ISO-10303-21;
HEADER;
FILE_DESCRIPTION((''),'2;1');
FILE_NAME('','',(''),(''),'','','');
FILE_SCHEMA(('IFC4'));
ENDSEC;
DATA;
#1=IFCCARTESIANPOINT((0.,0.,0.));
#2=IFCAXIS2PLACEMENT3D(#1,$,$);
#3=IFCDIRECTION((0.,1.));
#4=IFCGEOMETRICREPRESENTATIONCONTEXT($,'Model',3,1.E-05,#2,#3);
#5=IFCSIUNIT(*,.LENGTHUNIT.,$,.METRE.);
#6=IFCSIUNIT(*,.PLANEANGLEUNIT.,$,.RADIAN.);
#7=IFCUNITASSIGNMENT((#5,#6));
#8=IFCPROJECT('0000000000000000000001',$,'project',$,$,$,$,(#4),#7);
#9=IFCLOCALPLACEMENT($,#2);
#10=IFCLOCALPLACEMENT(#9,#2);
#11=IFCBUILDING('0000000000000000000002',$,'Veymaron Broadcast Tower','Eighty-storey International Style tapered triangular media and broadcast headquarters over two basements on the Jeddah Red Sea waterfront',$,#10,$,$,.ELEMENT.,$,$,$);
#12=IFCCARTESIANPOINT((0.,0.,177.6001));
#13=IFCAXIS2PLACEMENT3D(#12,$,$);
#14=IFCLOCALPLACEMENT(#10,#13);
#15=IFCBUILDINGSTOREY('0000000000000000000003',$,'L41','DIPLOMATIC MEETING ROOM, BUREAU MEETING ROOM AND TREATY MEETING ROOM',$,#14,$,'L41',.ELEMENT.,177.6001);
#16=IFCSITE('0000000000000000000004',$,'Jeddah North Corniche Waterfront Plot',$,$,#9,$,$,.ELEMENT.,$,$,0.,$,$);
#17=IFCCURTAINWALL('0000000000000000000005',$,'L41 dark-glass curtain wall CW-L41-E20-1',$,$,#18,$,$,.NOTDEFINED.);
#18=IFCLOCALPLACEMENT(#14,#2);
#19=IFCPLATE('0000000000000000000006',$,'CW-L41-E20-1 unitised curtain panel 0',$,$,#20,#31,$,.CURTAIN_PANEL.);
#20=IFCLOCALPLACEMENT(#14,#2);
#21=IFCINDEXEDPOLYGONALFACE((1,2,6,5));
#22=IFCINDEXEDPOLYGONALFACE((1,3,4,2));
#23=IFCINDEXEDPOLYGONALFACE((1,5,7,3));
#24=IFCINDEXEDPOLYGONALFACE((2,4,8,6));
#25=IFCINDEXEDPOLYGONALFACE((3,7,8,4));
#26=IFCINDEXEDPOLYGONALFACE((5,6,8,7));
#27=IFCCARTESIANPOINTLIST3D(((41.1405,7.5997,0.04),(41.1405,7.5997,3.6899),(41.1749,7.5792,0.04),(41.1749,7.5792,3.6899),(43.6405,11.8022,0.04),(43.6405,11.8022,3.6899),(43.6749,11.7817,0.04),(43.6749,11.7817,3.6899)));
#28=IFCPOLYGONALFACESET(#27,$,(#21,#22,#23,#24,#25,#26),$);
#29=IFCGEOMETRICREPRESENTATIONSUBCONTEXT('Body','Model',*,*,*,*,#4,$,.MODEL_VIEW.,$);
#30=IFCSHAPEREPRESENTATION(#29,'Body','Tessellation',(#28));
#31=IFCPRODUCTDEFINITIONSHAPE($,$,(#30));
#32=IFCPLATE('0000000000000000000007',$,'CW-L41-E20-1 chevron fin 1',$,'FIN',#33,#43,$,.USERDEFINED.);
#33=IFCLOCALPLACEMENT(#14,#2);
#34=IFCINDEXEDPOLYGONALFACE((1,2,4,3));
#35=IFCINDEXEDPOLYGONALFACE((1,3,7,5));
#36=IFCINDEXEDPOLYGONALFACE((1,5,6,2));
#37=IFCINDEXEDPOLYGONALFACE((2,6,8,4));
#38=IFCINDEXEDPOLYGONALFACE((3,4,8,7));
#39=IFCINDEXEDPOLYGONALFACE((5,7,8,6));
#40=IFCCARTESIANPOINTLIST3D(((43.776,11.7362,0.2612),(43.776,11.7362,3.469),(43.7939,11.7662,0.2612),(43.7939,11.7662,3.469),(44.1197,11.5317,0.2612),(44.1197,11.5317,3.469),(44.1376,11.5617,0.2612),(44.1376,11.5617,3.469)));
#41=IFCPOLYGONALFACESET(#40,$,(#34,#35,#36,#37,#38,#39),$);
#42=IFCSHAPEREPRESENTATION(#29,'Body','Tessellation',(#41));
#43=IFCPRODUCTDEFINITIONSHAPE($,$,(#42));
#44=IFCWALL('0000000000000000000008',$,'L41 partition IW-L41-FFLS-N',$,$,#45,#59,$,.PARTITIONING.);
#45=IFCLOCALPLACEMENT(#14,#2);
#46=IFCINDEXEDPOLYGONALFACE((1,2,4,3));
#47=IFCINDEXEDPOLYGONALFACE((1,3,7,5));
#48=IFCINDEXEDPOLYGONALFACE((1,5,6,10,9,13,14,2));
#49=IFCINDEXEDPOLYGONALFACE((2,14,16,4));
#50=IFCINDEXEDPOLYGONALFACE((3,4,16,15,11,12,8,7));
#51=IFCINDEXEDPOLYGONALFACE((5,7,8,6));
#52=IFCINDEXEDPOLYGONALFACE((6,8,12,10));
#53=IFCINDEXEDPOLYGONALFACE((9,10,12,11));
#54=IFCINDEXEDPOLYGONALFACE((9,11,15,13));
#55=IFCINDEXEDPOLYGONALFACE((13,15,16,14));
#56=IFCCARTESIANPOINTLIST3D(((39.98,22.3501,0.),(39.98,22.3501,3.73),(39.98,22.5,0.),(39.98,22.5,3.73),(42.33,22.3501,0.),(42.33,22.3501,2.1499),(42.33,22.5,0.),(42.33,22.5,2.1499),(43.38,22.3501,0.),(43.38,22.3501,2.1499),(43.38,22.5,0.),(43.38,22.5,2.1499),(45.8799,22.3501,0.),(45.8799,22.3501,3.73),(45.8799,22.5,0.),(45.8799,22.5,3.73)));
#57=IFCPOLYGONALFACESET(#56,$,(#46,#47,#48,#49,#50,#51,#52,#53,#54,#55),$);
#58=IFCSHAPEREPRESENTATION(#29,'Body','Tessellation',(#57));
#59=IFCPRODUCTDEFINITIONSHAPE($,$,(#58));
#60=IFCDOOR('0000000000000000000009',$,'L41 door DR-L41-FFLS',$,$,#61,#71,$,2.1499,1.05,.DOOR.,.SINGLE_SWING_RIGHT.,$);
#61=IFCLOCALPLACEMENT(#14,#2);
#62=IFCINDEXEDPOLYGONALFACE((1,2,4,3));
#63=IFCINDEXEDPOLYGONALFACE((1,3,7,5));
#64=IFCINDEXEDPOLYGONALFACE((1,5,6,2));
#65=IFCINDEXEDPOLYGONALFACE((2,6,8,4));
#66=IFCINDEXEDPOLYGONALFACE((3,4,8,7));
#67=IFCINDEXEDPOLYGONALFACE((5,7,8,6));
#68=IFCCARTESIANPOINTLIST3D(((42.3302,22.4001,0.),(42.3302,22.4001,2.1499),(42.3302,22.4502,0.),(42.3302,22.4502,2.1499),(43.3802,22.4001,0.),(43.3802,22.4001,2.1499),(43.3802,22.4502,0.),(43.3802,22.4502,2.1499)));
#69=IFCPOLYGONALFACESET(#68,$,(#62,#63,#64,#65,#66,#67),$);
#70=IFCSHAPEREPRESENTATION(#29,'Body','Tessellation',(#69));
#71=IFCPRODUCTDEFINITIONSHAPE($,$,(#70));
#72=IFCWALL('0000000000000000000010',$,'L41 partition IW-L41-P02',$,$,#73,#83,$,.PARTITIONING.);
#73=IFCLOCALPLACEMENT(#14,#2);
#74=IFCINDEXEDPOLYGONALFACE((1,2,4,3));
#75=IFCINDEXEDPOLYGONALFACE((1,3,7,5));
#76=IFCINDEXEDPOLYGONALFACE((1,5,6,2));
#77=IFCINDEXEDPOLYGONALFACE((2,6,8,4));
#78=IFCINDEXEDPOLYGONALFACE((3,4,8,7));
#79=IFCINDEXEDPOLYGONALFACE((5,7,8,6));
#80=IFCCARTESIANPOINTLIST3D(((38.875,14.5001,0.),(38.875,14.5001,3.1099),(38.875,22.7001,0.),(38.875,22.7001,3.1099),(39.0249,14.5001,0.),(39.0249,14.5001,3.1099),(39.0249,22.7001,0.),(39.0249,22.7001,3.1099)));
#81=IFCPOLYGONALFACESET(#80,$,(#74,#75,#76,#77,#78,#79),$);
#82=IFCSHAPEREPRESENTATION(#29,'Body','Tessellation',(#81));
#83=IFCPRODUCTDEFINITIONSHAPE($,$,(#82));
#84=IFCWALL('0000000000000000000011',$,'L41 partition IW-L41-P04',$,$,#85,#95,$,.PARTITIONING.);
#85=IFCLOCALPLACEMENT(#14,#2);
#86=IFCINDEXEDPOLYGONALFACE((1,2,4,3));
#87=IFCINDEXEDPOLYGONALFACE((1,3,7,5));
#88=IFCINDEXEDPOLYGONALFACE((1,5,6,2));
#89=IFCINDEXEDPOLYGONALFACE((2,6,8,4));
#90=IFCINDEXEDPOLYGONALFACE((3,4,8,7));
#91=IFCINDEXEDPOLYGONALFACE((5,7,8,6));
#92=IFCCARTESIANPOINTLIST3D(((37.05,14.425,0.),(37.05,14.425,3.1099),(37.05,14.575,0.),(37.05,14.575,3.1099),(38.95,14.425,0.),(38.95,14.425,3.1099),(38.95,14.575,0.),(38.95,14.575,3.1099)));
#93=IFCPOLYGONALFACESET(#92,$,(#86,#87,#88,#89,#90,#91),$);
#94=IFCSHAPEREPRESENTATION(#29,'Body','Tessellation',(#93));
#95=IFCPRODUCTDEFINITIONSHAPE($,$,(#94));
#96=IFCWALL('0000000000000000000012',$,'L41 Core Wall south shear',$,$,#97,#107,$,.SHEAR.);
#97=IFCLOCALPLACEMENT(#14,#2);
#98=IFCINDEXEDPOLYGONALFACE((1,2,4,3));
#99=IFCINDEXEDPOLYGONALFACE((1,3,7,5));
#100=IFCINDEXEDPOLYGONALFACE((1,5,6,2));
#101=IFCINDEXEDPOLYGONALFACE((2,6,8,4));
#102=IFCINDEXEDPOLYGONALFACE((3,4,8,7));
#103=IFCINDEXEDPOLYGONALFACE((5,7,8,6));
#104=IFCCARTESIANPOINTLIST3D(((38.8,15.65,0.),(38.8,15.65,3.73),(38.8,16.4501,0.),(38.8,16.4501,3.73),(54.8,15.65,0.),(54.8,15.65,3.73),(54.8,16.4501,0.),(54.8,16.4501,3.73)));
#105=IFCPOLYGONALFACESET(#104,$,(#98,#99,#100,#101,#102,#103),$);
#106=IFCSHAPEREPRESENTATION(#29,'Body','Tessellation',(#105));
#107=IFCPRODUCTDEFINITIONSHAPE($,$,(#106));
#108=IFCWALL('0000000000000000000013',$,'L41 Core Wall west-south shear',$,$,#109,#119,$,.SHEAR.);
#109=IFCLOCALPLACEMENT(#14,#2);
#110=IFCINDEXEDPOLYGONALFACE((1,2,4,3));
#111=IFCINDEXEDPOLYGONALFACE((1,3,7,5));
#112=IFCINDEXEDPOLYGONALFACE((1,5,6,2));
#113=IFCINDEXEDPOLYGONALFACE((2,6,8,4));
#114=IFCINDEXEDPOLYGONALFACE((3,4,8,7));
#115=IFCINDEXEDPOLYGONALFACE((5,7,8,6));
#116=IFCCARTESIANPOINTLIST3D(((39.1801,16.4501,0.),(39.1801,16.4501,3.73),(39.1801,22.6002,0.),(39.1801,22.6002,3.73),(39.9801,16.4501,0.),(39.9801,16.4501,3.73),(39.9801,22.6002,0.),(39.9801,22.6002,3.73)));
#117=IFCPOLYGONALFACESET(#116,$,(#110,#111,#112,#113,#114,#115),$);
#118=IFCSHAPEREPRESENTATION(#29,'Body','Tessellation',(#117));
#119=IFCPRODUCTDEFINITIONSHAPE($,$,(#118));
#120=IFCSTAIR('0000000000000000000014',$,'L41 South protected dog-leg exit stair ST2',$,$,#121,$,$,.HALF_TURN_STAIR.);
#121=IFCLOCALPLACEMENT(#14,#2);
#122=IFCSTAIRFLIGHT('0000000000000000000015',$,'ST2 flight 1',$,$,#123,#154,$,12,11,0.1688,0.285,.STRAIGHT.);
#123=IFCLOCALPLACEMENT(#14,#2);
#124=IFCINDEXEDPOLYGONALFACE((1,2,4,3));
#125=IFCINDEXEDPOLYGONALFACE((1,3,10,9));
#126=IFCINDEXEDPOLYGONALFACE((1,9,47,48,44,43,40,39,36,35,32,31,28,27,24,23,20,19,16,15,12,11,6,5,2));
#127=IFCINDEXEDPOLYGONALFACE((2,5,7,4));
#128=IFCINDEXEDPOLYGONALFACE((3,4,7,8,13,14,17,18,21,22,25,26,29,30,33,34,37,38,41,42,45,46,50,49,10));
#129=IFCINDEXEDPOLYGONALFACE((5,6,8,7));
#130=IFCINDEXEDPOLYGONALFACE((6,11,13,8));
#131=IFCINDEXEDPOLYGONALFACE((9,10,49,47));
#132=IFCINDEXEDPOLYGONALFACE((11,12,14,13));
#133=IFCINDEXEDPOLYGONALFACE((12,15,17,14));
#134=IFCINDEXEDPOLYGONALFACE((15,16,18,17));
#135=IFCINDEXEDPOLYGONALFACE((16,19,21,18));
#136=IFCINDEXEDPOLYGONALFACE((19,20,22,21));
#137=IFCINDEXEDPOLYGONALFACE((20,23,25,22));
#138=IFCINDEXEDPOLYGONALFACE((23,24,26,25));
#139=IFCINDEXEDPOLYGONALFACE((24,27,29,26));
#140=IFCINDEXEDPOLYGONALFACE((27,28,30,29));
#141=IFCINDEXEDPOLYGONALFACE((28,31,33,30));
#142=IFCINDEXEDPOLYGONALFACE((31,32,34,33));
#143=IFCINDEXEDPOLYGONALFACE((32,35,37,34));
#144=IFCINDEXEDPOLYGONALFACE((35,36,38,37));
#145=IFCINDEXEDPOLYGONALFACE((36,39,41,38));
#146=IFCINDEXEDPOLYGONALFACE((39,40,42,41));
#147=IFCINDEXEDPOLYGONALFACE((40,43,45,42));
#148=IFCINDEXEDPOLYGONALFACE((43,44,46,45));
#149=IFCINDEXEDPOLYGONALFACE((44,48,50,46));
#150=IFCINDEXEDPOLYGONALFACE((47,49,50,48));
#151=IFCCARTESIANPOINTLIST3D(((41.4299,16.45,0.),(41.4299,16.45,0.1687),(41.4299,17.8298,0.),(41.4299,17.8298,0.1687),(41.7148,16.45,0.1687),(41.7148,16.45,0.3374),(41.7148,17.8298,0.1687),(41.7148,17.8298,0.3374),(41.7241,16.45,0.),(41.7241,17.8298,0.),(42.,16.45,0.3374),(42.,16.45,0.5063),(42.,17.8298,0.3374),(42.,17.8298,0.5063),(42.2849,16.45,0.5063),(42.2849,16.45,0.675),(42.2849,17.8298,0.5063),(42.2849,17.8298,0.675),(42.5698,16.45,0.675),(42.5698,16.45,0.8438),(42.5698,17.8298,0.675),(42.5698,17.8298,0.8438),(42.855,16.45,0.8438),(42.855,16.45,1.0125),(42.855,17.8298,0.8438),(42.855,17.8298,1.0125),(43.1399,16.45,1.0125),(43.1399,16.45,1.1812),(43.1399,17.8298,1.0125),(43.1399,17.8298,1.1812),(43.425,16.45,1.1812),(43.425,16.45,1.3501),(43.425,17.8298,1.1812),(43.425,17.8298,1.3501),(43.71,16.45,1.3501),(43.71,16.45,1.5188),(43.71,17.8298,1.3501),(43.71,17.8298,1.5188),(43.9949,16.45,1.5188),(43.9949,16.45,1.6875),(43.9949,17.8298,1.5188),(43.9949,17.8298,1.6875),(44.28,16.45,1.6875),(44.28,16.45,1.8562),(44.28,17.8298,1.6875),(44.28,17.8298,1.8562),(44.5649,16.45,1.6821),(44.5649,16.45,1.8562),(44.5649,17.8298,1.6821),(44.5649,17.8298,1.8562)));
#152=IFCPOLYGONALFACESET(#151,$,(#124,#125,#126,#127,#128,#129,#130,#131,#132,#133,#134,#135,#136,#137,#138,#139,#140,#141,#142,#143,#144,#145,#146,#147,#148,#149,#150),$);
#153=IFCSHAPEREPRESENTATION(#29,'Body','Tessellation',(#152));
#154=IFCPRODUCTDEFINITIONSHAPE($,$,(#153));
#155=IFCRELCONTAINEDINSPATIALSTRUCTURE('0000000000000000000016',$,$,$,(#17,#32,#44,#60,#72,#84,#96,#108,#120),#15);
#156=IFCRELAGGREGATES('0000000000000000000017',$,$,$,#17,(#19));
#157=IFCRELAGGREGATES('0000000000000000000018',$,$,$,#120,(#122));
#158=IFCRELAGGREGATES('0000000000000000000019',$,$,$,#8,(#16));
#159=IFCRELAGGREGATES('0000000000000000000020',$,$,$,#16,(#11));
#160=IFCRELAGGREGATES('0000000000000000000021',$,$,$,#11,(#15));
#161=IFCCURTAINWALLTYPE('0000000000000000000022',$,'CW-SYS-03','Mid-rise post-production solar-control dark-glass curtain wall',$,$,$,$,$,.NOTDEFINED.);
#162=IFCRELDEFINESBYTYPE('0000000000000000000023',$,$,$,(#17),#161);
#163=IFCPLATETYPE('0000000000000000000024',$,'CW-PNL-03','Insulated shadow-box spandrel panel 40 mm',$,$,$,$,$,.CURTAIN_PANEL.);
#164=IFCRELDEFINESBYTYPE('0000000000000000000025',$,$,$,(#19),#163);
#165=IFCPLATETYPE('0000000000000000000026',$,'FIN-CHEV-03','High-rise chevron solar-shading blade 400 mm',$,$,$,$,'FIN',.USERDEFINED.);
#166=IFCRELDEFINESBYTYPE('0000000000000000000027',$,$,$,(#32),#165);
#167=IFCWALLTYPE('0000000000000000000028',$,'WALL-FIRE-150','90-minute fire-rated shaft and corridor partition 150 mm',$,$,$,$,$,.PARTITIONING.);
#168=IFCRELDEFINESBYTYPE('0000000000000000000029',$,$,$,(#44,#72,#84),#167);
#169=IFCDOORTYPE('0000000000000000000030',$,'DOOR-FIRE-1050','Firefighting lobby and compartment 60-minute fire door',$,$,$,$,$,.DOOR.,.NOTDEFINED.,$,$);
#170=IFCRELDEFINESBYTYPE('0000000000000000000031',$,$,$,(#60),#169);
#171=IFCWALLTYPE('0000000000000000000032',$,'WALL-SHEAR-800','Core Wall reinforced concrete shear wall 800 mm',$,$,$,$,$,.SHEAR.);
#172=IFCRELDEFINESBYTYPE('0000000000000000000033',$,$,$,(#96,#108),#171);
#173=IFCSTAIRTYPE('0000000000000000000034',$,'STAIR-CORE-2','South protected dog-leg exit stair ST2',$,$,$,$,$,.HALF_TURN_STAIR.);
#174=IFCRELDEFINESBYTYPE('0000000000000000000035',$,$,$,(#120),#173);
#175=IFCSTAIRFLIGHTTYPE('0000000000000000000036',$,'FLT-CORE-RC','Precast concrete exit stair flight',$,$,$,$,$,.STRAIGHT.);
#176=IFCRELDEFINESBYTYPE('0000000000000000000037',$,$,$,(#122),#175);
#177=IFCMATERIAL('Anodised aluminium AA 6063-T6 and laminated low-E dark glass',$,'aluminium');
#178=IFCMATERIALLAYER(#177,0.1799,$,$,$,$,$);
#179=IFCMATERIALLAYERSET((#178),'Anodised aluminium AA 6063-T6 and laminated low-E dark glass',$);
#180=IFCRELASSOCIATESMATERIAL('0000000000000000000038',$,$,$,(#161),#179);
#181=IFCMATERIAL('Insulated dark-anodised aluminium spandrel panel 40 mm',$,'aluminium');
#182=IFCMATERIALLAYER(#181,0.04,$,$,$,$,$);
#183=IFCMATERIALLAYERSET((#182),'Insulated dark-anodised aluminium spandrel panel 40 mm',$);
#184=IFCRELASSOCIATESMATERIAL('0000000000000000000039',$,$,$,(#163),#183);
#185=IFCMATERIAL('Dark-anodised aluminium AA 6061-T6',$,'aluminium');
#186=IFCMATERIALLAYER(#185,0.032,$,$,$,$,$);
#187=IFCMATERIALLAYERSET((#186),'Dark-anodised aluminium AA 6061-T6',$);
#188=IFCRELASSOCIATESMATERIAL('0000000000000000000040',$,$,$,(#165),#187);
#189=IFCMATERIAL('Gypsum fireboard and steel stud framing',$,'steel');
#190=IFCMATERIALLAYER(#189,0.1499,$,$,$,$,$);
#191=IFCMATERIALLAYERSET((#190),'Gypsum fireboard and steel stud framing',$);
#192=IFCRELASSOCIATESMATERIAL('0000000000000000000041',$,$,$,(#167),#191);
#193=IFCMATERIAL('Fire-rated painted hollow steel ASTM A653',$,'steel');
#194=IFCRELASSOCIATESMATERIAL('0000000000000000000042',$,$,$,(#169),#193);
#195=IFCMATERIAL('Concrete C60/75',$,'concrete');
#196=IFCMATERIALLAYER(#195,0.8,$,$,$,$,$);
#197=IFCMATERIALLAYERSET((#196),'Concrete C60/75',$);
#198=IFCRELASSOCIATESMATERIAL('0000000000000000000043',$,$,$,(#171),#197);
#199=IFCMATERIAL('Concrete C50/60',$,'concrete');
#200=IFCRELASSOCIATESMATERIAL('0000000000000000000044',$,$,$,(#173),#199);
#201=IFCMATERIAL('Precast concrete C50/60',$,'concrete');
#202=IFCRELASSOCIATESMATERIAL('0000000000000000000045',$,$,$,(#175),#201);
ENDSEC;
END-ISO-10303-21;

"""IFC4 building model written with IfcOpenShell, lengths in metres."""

from ifc_helpers import new_model, si_unit, direction, frame, frame_2d, origin, origin_2d, place, context, subcontext, project, spatial, polyline, rectangle, outline, extrude, material, layer, layer_set, type_object, element, fill, aggregate, save


model = new_model("IFC4")

# Units and contexts
model_context = context("Model", 3, precision=1e-05, world=origin(), true_north=direction((0.0, 1.0)))
body_context = subcontext(model_context, "Body", "Model", "MODEL_VIEW")
ifc_project = project(units=[si_unit("LENGTHUNIT", "METRE"), si_unit("PLANEANGLEUNIT", "RADIAN")], contexts=[model_context])

# Site, building, storey
site_placement = place(None, origin())
site = spatial("IfcSite", under=ifc_project, at=site_placement, Name="Jeddah North Corniche Waterfront Plot", CompositionType="ELEMENT", RefElevation=0.0)
building_placement = place(site_placement, origin())
building = spatial("IfcBuilding", under=site, at=building_placement, Name="Veymaron Broadcast Tower", Description="Eighty-storey International Style tapered triangular media and broadcast headquarters over two basements on the Jeddah Red Sea waterfront", CompositionType="ELEMENT")
storey_placement = place(building_placement, frame((0.0, 0.0, 177.6001)))
storey = spatial("IfcBuildingStorey", under=building, at=storey_placement, Name="L41", Description="DIPLOMATIC MEETING ROOM, BUREAU MEETING ROOM AND TREATY MEETING ROOM", LongName="L41", CompositionType="ELEMENT", Elevation=177.6001)

# Curtain wall, plate
ifc_material_1 = material(Name="Anodised aluminium AA 6063-T6 and laminated low-E dark glass", Category="aluminium")
ifc_layer_1 = layer(ifc_material_1, 0.1799)
ifc_layer_set_1 = layer_set([ifc_layer_1], Name="Anodised aluminium AA 6063-T6 and laminated low-E dark glass")
curtain_wall_type = type_object("IfcCurtainWallType", Name="CW-SYS-03", Description="Mid-rise post-production solar-control dark-glass curtain wall", PredefinedType="NOTDEFINED", material=ifc_layer_set_1)
curtain_wall_placement = place(storey_placement, origin())
curtain_wall = element("IfcCurtainWall", 1, at=curtain_wall_placement, inside=storey, type_object=curtain_wall_type, Name="L41 dark-glass curtain wall CW-L41-E20-1", PredefinedType="NOTDEFINED")
ifc_material_2 = material(Name="Insulated dark-anodised aluminium spandrel panel 40 mm", Category="aluminium")
ifc_layer_2 = layer(ifc_material_2, 0.04)
ifc_layer_set_2 = layer_set([ifc_layer_2], Name="Insulated dark-anodised aluminium spandrel panel 40 mm")
plate_type_1 = type_object("IfcPlateType", Name="CW-PNL-03", Description="Insulated shadow-box spandrel panel 40 mm", PredefinedType="CURTAIN_PANEL", material=ifc_layer_set_2)
plate_1_placement = place(storey_placement, frame((42.4077, 9.6907, 0.04), z_axis=(0.0, 0.0, 1.0), x_axis=(0.511263, 0.859424, 0.0)))
plate_1 = element("IfcPlate", 2, at=plate_1_placement, type_object=plate_type_1, Name="CW-L41-E20-1 unitised curtain panel 0", PredefinedType="CURTAIN_PANEL", context=body_context, shape_type="SweptSolid", body=[
    extrude(rectangle(XDim=4.8899, YDim=0.04, at=origin_2d()), origin(), (0.0, 0.0, 1.0), 3.6499),
])
aggregate(curtain_wall, [plate_1])

# Plate
ifc_material_3 = material(Name="Dark-anodised aluminium AA 6061-T6", Category="aluminium")
ifc_layer_3 = layer(ifc_material_3, 0.032)
ifc_layer_set_3 = layer_set([ifc_layer_3], Name="Dark-anodised aluminium AA 6061-T6")
plate_type_2 = type_object("IfcPlateType", Name="FIN-CHEV-03", Description="High-rise chevron solar-shading blade 400 mm", ElementType="FIN", PredefinedType="USERDEFINED", material=ifc_layer_set_3)
plate_2_placement = place(storey_placement, frame((43.9568, 11.6489, 0.2612), z_axis=(0.0, 0.0, 1.0), x_axis=(0.859424, -0.511263, 0.0)))
element("IfcPlate", 3, at=plate_2_placement, inside=storey, type_object=plate_type_2, Name="CW-L41-E20-1 chevron fin 1", ObjectType="FIN", PredefinedType="USERDEFINED", context=body_context, shape_type="SweptSolid", body=[
    extrude(rectangle(XDim=0.3999, YDim=0.0349, at=origin_2d()), origin(), (0.0, 0.0, 1.0), 3.2078),
])

# Wall, opening, door
ifc_material_4 = material(Name="Gypsum fireboard and steel stud framing", Category="steel")
ifc_layer_4 = layer(ifc_material_4, 0.1499)
ifc_layer_set_4 = layer_set([ifc_layer_4], Name="Gypsum fireboard and steel stud framing")
wall_type_1 = type_object("IfcWallType", Name="WALL-FIRE-150", Description="90-minute fire-rated shaft and corridor partition 150 mm", PredefinedType="PARTITIONING", material=ifc_layer_set_4)
wall_1_placement = place(storey_placement, frame((39.98, 22.425, 0.0), z_axis=(0.0, 0.0, 1.0), x_axis=(1.0, 0.0, 0.0)))
wall_1 = element("IfcWall", 4, at=wall_1_placement, inside=storey, type_object=wall_type_1, Name="L41 partition IW-L41-FFLS-N", PredefinedType="PARTITIONING", context=body_context, shape_type="SweptSolid", body=[
    extrude(rectangle(XDim=5.8999, YDim=0.1499, at=frame_2d((2.95, 0.0))), origin(), (0.0, 0.0, 1.0), 3.73),
])
opening_1_placement = place(wall_1_placement, frame((2.3501, 0.0, 0.0)))
opening_1 = element("IfcOpeningElement", 5, at=opening_1_placement, cuts=wall_1, PredefinedType="OPENING", context=body_context, shape_type="SweptSolid", body=[
    extrude(rectangle(XDim=1.05, YDim=2.1499, at=frame_2d((0.5249, 1.075))), frame((0.0, 0.085, 0.0), z_axis=(0.0, -1.0, 0.0), x_axis=(1.0, 0.0, 0.0)), (0.0, 0.0, 1.0), 0.1699),
])
ifc_material_5 = material(Name="Fire-rated painted hollow steel ASTM A653", Category="steel")
door_type_1 = type_object("IfcDoorType", Name="DOOR-FIRE-1050", Description="Firefighting lobby and compartment 60-minute fire door", OperationType="NOTDEFINED", PredefinedType="DOOR", material=ifc_material_5)
door_1_placement = place(opening_1_placement, frame((1.05, 0.0, 0.0), z_axis=(0.0, 0.0, 1.0), x_axis=(-1.0, 0.0, 0.0)))
door_1 = element("IfcDoor", 6, at=door_1_placement, inside=storey, type_object=door_type_1, Name="L41 door DR-L41-FFLS", OperationType="SINGLE_SWING_RIGHT", OverallHeight=2.1499, OverallWidth=1.05, PredefinedType="DOOR", context=body_context, shape_type="SweptSolid", body=[
    extrude(rectangle(XDim=1.05, YDim=2.1499, at=frame_2d((0.5249, 1.075))), frame((0.0, 0.0249, 0.0), z_axis=(0.0, -1.0, 0.0), x_axis=(1.0, 0.0, 0.0)), (0.0, 0.0, 1.0), 0.05),
])
fill(opening_1, door_1)

# Walls
wall_2_placement = place(storey_placement, frame((38.95, 14.5, 0.0), z_axis=(0.0, 0.0, 1.0), x_axis=(0.0, 1.0, 0.0)))
element("IfcWall", 7, at=wall_2_placement, inside=storey, type_object=wall_type_1, Name="L41 partition IW-L41-P02", PredefinedType="PARTITIONING", context=body_context, shape_type="SweptSolid", body=[
    extrude(rectangle(XDim=8.2, YDim=0.1499, at=frame_2d((4.1001, 0.0))), origin(), (0.0, 0.0, 1.0), 3.1099),
])
wall_3_placement = place(storey_placement, frame((37.05, 14.5, 0.0), z_axis=(0.0, 0.0, 1.0), x_axis=(1.0, 0.0, 0.0)))
element("IfcWall", 8, at=wall_3_placement, inside=storey, type_object=wall_type_1, Name="L41 partition IW-L41-P04", PredefinedType="PARTITIONING", context=body_context, shape_type="SweptSolid", body=[
    extrude(rectangle(XDim=1.8999, YDim=0.1499, at=frame_2d((0.95, 0.0))), origin(), (0.0, 0.0, 1.0), 3.1099),
])

# Shared definitions
ifc_material_6 = material(Name="Concrete C50/60", Category="concrete")

# Walls
ifc_material_7 = material(Name="Concrete C60/75", Category="concrete")
ifc_layer_5 = layer(ifc_material_7, 0.8)
ifc_layer_set_5 = layer_set([ifc_layer_5], Name="Concrete C60/75")
wall_type_2 = type_object("IfcWallType", Name="WALL-SHEAR-800", Description="Core Wall reinforced concrete shear wall 800 mm", PredefinedType="SHEAR", material=ifc_layer_set_5)
wall_4_placement = place(storey_placement, frame((38.8, 16.05, 0.0), z_axis=(0.0, 0.0, 1.0), x_axis=(1.0, 0.0, 0.0)))
element("IfcWall", 9, at=wall_4_placement, inside=storey, type_object=wall_type_2, Name="L41 Core Wall south shear", PredefinedType="SHEAR", context=body_context, shape_type="SweptSolid", body=[
    extrude(rectangle(XDim=16.0, YDim=0.8, at=frame_2d((8.0, 0.0))), origin(), (0.0, 0.0, 1.0), 3.73),
])
wall_5_placement = place(storey_placement, frame((39.5801, 16.45, 0.0), z_axis=(0.0, 0.0, 1.0), x_axis=(0.0, 1.0, 0.0)))
element("IfcWall", 10, at=wall_5_placement, inside=storey, type_object=wall_type_2, Name="L41 Core Wall west-south shear", PredefinedType="SHEAR", context=body_context, shape_type="SweptSolid", body=[
    extrude(rectangle(XDim=6.1501, YDim=0.8, at=frame_2d((3.0752, 0.0))), origin(), (0.0, 0.0, 1.0), 3.73),
])

# Stair, stair flight
stair_type = type_object("IfcStairType", Name="STAIR-CORE-2", Description="South protected dog-leg exit stair ST2", PredefinedType="HALF_TURN_STAIR", material=ifc_material_6)
stair_placement = place(storey_placement, origin())
stair = element("IfcStair", 11, at=stair_placement, inside=storey, type_object=stair_type, Name="L41 South protected dog-leg exit stair ST2", PredefinedType="HALF_TURN_STAIR")
ifc_material_8 = material(Name="Precast concrete C50/60", Category="concrete")
stair_flight_type = type_object("IfcStairFlightType", Name="FLT-CORE-RC", Description="Precast concrete exit stair flight", PredefinedType="STRAIGHT", material=ifc_material_8)
stair_flight_1_placement = place(storey_placement, frame((41.4299, 17.1399, 0.0), z_axis=(0.0, 0.0, 1.0), x_axis=(1.0, 0.0, 0.0)))
stair_flight_1 = element("IfcStairFlight", 12, at=stair_flight_1_placement, type_object=stair_flight_type, Name="ST2 flight 1", NumberOfRisers=12, NumberOfTreads=11, PredefinedType="STRAIGHT", RiserHeight=0.1688, TreadLength=0.285, context=body_context, shape_type="SweptSolid", body=[
    extrude(outline(polyline([(0.0, 0.0), (0.0, 0.1687), (0.2849, 0.1687), (0.2849, 0.3374), (0.5701, 0.3374), (0.5701, 0.5063), (0.855, 0.5063), (0.855, 0.675), (1.1399, 0.675), (1.1399, 0.8438), (1.425, 0.8438), (1.425, 1.0125), (1.71, 1.0125), (1.71, 1.1812), (1.9951, 1.1812), (1.9951, 1.3501), (2.28, 1.3501), (2.28, 1.5188), (2.5649, 1.5188), (2.5649, 1.6875), (2.8501, 1.6875), (2.8501, 1.8562), (3.135, 1.8562), (3.135, 2.0249), (3.135, 1.6821), (0.2942, 0.0), (0.0, 0.0)])), frame((0.0, 0.6899, 0.0), z_axis=(0.0, -1.0, 0.0), x_axis=(1.0, 0.0, 0.0)), (0.0, 0.0, 1.0), 1.3799),
])
aggregate(stair, [stair_flight_1])

save(model, "model.ifc")
